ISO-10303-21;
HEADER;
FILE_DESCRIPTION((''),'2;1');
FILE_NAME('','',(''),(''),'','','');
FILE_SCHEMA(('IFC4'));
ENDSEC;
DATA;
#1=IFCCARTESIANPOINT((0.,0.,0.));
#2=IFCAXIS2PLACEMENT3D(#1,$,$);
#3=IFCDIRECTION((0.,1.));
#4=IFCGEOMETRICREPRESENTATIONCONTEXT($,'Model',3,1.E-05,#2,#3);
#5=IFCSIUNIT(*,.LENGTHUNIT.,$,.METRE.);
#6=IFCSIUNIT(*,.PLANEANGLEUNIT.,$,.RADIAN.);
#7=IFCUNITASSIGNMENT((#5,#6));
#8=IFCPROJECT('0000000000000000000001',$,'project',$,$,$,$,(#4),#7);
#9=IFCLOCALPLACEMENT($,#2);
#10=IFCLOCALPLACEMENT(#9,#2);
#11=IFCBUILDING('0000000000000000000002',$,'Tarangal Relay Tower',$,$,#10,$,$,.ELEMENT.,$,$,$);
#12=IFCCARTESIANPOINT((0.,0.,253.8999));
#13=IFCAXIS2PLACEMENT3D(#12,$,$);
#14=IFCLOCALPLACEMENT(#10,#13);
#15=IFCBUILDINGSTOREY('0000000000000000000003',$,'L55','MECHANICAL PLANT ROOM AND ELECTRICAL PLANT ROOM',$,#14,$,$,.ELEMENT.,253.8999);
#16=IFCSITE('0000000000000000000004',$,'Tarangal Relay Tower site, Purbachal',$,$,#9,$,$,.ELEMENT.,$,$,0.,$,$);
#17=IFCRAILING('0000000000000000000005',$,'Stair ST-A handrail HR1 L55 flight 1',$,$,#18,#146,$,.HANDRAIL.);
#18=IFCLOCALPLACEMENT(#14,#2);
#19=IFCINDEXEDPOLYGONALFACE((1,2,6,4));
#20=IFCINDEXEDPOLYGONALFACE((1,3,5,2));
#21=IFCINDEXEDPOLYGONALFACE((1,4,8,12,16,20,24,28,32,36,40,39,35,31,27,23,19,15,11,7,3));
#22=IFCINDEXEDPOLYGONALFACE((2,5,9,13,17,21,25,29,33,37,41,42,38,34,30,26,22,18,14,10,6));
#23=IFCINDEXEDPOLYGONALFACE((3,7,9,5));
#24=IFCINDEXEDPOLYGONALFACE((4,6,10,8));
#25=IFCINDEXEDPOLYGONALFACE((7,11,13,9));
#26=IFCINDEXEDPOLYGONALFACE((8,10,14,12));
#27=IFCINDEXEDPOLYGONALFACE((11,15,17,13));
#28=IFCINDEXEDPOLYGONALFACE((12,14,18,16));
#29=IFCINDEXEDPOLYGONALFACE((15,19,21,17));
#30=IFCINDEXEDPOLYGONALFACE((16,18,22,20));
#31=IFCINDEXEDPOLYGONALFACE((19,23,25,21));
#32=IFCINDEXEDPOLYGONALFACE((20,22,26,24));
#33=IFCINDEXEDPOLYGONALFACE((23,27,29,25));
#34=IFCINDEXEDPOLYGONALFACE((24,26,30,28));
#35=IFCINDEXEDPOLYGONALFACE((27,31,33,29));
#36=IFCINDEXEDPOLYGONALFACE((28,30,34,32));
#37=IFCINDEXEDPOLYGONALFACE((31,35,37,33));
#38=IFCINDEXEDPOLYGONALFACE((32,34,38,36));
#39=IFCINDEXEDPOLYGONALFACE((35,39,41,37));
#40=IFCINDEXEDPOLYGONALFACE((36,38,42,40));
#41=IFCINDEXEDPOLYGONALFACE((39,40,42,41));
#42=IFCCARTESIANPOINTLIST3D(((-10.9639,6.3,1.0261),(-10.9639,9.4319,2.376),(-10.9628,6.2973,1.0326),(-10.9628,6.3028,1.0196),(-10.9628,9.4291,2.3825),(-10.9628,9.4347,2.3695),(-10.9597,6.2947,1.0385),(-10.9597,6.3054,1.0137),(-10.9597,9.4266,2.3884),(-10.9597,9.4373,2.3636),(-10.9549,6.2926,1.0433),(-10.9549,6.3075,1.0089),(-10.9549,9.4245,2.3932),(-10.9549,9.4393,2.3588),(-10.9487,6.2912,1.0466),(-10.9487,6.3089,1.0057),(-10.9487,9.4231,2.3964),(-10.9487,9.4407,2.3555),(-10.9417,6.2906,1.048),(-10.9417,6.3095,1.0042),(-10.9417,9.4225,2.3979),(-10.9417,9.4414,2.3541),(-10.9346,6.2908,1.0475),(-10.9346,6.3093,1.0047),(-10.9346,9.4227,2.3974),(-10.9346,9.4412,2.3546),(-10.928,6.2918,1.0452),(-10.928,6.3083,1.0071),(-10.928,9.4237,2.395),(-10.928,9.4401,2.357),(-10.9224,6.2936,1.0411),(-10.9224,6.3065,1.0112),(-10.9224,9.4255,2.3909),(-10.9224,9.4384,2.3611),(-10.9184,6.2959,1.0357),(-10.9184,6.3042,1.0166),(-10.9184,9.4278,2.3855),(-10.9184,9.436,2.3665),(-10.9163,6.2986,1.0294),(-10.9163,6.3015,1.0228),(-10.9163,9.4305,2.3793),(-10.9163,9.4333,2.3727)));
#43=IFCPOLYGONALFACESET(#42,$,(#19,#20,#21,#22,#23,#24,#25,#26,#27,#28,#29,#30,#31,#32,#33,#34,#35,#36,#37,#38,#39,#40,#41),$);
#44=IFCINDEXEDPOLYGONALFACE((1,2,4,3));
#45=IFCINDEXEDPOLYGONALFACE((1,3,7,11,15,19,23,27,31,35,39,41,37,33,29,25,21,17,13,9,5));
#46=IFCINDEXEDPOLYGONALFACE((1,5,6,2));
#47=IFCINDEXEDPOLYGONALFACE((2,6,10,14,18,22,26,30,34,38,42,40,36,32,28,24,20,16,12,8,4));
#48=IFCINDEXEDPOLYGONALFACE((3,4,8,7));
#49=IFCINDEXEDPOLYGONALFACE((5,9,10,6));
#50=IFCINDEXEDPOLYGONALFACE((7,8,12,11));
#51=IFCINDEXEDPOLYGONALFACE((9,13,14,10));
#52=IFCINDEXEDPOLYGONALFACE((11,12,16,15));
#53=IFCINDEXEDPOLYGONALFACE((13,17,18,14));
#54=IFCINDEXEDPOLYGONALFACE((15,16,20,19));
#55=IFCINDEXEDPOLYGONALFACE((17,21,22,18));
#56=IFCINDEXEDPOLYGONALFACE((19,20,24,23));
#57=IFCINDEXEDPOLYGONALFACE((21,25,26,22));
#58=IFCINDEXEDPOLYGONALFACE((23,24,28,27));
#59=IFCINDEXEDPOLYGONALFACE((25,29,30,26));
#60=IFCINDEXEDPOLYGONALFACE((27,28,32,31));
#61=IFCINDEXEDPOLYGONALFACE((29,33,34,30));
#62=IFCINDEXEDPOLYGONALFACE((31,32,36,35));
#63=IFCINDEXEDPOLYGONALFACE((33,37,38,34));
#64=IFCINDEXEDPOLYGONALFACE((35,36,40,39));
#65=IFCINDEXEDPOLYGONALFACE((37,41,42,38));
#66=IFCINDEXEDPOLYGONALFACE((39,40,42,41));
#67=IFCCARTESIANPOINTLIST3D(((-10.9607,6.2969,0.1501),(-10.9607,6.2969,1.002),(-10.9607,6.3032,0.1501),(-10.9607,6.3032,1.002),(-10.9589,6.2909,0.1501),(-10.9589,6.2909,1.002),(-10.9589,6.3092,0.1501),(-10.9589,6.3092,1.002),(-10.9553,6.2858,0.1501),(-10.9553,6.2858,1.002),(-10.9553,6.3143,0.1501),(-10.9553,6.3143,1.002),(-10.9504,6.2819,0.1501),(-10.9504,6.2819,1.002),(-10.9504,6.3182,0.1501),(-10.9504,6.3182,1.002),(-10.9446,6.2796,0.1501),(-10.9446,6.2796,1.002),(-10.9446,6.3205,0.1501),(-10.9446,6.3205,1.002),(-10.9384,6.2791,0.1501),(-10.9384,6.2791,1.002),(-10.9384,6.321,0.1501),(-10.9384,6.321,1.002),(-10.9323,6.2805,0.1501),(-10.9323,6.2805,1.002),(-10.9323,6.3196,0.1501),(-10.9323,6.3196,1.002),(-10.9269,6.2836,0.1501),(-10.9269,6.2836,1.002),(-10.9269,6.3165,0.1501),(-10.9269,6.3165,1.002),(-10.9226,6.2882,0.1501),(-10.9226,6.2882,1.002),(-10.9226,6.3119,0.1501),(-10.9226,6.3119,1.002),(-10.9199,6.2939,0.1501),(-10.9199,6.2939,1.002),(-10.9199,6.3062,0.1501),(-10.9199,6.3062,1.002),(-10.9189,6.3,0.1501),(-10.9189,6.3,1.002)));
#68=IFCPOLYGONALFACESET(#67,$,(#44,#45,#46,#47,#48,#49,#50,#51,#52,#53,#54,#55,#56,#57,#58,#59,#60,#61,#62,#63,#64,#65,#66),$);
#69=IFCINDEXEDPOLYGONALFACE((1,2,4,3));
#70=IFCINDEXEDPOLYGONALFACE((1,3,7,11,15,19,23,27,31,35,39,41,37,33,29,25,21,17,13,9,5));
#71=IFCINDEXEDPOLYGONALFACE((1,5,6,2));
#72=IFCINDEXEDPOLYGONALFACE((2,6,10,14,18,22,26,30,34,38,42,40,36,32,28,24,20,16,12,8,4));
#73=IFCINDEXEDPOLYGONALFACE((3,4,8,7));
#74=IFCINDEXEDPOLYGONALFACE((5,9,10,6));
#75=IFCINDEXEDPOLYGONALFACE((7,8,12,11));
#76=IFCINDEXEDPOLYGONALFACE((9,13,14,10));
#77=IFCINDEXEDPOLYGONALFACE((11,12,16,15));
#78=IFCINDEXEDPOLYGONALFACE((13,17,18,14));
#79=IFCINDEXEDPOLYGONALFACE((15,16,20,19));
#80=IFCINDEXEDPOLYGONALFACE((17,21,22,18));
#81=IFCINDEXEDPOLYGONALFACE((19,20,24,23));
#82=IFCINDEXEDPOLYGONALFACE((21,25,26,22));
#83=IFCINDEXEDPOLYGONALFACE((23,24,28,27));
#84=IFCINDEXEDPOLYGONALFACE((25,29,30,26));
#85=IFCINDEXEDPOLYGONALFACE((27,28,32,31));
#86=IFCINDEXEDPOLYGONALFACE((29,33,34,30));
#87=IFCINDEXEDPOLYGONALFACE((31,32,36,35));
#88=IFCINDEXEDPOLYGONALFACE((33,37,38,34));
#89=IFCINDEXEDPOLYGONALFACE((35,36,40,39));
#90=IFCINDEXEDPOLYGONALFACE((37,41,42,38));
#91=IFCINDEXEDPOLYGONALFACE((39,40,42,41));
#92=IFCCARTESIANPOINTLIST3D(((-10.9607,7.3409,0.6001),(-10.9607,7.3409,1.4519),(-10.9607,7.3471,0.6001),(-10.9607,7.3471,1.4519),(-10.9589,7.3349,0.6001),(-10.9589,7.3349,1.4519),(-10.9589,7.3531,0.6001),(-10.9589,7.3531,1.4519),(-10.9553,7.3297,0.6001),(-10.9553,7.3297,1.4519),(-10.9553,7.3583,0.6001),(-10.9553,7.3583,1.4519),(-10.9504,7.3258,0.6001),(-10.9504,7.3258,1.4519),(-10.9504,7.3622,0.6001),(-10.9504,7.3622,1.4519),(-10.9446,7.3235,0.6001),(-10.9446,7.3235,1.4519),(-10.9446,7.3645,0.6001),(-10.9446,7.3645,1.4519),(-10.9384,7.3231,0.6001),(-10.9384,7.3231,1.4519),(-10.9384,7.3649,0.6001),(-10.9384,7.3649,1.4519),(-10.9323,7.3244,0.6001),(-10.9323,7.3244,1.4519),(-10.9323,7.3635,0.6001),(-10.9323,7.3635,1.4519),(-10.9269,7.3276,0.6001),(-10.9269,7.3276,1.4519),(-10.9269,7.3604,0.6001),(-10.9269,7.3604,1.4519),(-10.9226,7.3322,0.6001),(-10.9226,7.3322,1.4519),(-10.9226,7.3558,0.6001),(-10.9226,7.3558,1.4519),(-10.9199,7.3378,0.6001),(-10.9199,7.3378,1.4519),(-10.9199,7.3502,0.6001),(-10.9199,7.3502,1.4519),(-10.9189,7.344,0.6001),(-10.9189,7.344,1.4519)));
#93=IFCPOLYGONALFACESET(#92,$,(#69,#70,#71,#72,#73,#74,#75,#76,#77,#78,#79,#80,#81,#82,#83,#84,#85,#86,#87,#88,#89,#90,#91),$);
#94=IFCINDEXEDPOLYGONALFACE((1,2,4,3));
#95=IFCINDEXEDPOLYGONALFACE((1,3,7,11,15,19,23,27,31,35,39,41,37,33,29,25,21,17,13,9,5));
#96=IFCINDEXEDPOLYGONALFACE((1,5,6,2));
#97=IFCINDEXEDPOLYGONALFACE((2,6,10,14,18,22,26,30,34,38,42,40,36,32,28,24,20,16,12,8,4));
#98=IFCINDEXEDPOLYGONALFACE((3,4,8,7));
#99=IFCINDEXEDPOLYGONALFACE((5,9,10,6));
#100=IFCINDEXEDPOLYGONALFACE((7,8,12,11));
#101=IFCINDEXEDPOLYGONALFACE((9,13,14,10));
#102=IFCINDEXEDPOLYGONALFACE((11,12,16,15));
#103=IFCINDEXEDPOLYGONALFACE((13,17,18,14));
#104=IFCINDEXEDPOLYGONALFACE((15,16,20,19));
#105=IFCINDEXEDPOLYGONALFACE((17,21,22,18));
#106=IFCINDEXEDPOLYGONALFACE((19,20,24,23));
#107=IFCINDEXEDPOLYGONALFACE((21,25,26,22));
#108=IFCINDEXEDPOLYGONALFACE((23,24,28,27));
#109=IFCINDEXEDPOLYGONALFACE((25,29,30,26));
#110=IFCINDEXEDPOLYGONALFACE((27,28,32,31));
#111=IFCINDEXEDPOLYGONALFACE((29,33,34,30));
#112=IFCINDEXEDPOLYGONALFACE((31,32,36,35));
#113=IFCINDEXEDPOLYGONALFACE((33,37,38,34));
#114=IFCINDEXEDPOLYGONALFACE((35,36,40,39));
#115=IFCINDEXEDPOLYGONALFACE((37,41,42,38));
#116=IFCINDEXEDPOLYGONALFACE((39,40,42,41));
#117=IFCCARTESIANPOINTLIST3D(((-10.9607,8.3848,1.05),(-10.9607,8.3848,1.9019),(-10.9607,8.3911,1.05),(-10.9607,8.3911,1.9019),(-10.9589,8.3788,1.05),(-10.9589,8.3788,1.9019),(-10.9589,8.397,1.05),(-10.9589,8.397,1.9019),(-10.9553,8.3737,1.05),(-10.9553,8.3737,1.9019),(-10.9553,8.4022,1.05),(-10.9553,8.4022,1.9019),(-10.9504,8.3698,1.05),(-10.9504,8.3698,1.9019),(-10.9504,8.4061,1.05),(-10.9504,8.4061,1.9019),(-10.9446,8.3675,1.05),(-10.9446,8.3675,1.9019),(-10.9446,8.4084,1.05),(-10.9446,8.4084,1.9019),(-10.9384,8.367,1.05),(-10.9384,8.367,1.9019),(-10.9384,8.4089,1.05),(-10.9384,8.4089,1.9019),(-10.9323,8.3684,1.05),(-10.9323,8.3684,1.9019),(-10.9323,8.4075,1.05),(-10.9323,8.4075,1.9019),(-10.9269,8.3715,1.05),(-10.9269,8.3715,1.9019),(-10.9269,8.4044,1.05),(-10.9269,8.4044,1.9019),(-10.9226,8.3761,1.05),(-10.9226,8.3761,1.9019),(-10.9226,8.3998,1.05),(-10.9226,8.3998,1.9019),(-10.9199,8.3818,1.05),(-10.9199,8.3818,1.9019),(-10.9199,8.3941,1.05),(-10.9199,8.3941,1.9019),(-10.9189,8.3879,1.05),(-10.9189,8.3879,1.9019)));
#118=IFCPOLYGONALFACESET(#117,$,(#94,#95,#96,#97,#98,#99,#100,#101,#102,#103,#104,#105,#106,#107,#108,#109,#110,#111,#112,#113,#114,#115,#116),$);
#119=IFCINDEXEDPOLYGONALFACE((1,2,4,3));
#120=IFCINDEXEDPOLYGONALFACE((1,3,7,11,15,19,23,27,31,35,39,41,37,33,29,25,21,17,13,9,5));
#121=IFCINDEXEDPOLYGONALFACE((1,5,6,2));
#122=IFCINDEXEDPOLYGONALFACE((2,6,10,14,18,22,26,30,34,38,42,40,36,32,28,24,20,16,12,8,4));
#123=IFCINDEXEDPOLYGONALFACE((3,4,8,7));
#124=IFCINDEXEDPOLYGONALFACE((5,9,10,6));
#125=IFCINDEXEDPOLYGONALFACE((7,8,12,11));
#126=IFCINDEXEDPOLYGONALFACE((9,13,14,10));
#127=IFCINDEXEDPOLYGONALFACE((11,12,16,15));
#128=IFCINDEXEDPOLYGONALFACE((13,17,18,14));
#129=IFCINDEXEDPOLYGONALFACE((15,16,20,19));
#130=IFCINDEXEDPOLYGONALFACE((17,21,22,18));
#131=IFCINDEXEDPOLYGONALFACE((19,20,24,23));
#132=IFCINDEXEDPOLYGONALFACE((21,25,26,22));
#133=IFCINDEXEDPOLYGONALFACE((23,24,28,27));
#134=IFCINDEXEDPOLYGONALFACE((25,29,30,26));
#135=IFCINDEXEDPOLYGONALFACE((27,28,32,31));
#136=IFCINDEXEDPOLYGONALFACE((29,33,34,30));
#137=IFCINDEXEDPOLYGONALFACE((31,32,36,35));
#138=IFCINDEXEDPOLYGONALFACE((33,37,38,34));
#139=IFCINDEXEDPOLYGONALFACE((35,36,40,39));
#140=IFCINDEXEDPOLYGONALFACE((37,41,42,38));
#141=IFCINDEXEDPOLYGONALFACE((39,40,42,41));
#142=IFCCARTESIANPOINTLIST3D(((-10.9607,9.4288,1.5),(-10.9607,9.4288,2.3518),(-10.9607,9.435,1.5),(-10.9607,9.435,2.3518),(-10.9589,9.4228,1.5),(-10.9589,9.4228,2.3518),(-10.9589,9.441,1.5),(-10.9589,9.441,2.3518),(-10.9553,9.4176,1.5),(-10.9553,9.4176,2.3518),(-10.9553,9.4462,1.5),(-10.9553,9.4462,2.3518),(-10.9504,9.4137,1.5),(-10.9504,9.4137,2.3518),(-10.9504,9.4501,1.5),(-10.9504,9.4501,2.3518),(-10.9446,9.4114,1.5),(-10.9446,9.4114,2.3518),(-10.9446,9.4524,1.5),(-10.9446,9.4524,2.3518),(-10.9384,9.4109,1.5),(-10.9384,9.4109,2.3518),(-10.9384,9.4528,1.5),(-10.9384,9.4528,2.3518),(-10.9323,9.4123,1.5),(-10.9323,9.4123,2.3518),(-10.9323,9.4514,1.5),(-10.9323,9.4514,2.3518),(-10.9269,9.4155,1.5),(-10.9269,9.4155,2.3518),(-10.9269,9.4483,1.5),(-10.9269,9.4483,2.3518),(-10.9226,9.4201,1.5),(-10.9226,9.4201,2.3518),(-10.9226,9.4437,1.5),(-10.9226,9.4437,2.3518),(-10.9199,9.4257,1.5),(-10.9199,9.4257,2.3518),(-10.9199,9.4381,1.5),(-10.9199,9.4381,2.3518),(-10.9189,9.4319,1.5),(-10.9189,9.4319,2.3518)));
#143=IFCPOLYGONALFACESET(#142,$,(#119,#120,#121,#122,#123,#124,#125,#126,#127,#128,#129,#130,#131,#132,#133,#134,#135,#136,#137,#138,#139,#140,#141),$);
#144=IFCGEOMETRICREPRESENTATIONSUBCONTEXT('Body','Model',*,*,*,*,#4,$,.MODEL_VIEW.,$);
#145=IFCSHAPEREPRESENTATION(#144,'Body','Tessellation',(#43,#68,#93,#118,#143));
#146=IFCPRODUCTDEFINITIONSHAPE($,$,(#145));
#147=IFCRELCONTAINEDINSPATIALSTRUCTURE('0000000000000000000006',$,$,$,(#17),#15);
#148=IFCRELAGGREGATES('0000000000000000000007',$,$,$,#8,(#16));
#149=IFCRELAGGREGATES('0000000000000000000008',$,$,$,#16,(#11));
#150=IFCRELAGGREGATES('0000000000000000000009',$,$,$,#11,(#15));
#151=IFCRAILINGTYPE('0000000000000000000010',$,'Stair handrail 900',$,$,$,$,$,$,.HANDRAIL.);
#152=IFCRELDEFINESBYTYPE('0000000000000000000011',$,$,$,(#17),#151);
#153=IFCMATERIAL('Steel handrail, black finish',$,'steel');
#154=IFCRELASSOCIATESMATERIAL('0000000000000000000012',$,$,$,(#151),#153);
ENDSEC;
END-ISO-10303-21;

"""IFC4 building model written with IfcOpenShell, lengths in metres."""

from ifc_helpers import new_model, si_unit, direction, frame, origin, origin_2d, place, context, subcontext, project, spatial, circle, extrude, material, type_object, element, save


model = new_model("IFC4")

# Units and contexts
model_context = context("Model", 3, precision=1e-05, world=origin(), true_north=direction((0.0, 1.0)))
body_context = subcontext(model_context, "Body", "Model", "MODEL_VIEW")
ifc_project = project(units=[si_unit("LENGTHUNIT", "METRE"), si_unit("PLANEANGLEUNIT", "RADIAN")], contexts=[model_context])

# Site, building, storey
site_placement = place(None, origin())
site = spatial("IfcSite", under=ifc_project, at=site_placement, Name="Tarangal Relay Tower site, Purbachal", CompositionType="ELEMENT", RefElevation=0.0)
building_placement = place(site_placement, origin())
building = spatial("IfcBuilding", under=site, at=building_placement, Name="Tarangal Relay Tower", CompositionType="ELEMENT")
storey_placement = place(building_placement, frame((0.0, 0.0, 253.8999)))
storey = spatial("IfcBuildingStorey", under=building, at=storey_placement, Name="L55", Description="MECHANICAL PLANT ROOM AND ELECTRICAL PLANT ROOM", CompositionType="ELEMENT", Elevation=253.8999)

# Railing
ifc_material_1 = material(Name="Steel handrail, black finish", Category="steel")
railing_type_1 = type_object("IfcRailingType", Name="Stair handrail 900", PredefinedType="HANDRAIL", material=ifc_material_1)
for number, where, name in (
    (1, (-10.9399, 6.3, 0.1501), "Stair ST-A handrail HR1 L55 flight 1"),
):
    element("IfcRailing", number, at=place(storey_placement, frame(where)), inside=storey, type_object=railing_type_1, Name=name, PredefinedType="HANDRAIL", context=body_context, shape_type="SweptSolid", body=[
        extrude(circle(Radius=0.0239, at=origin_2d()), frame((0.0, 0.0, 0.876), z_axis=(0.0, 0.918332, 0.395811), x_axis=(-1.0, 0.0, 0.0)), (0.0, 0.0, 1.0), 3.4104),
        extrude(circle(Radius=0.021, at=origin_2d()), origin(), (0.0, 0.0, 1.0), 0.8518),
        extrude(circle(Radius=0.021, at=origin_2d()), frame((0.0, 1.0439, 0.45)), (0.0, 0.0, 1.0), 0.8518),
        extrude(circle(Radius=0.021, at=origin_2d()), frame((0.0, 2.0879, 0.8999)), (0.0, 0.0, 1.0), 0.8518),
        extrude(circle(Radius=0.021, at=origin_2d()), frame((0.0, 3.1318, 1.3499)), (0.0, 0.0, 1.0), 0.8518),
    ])

save(model, "model.ifc")
